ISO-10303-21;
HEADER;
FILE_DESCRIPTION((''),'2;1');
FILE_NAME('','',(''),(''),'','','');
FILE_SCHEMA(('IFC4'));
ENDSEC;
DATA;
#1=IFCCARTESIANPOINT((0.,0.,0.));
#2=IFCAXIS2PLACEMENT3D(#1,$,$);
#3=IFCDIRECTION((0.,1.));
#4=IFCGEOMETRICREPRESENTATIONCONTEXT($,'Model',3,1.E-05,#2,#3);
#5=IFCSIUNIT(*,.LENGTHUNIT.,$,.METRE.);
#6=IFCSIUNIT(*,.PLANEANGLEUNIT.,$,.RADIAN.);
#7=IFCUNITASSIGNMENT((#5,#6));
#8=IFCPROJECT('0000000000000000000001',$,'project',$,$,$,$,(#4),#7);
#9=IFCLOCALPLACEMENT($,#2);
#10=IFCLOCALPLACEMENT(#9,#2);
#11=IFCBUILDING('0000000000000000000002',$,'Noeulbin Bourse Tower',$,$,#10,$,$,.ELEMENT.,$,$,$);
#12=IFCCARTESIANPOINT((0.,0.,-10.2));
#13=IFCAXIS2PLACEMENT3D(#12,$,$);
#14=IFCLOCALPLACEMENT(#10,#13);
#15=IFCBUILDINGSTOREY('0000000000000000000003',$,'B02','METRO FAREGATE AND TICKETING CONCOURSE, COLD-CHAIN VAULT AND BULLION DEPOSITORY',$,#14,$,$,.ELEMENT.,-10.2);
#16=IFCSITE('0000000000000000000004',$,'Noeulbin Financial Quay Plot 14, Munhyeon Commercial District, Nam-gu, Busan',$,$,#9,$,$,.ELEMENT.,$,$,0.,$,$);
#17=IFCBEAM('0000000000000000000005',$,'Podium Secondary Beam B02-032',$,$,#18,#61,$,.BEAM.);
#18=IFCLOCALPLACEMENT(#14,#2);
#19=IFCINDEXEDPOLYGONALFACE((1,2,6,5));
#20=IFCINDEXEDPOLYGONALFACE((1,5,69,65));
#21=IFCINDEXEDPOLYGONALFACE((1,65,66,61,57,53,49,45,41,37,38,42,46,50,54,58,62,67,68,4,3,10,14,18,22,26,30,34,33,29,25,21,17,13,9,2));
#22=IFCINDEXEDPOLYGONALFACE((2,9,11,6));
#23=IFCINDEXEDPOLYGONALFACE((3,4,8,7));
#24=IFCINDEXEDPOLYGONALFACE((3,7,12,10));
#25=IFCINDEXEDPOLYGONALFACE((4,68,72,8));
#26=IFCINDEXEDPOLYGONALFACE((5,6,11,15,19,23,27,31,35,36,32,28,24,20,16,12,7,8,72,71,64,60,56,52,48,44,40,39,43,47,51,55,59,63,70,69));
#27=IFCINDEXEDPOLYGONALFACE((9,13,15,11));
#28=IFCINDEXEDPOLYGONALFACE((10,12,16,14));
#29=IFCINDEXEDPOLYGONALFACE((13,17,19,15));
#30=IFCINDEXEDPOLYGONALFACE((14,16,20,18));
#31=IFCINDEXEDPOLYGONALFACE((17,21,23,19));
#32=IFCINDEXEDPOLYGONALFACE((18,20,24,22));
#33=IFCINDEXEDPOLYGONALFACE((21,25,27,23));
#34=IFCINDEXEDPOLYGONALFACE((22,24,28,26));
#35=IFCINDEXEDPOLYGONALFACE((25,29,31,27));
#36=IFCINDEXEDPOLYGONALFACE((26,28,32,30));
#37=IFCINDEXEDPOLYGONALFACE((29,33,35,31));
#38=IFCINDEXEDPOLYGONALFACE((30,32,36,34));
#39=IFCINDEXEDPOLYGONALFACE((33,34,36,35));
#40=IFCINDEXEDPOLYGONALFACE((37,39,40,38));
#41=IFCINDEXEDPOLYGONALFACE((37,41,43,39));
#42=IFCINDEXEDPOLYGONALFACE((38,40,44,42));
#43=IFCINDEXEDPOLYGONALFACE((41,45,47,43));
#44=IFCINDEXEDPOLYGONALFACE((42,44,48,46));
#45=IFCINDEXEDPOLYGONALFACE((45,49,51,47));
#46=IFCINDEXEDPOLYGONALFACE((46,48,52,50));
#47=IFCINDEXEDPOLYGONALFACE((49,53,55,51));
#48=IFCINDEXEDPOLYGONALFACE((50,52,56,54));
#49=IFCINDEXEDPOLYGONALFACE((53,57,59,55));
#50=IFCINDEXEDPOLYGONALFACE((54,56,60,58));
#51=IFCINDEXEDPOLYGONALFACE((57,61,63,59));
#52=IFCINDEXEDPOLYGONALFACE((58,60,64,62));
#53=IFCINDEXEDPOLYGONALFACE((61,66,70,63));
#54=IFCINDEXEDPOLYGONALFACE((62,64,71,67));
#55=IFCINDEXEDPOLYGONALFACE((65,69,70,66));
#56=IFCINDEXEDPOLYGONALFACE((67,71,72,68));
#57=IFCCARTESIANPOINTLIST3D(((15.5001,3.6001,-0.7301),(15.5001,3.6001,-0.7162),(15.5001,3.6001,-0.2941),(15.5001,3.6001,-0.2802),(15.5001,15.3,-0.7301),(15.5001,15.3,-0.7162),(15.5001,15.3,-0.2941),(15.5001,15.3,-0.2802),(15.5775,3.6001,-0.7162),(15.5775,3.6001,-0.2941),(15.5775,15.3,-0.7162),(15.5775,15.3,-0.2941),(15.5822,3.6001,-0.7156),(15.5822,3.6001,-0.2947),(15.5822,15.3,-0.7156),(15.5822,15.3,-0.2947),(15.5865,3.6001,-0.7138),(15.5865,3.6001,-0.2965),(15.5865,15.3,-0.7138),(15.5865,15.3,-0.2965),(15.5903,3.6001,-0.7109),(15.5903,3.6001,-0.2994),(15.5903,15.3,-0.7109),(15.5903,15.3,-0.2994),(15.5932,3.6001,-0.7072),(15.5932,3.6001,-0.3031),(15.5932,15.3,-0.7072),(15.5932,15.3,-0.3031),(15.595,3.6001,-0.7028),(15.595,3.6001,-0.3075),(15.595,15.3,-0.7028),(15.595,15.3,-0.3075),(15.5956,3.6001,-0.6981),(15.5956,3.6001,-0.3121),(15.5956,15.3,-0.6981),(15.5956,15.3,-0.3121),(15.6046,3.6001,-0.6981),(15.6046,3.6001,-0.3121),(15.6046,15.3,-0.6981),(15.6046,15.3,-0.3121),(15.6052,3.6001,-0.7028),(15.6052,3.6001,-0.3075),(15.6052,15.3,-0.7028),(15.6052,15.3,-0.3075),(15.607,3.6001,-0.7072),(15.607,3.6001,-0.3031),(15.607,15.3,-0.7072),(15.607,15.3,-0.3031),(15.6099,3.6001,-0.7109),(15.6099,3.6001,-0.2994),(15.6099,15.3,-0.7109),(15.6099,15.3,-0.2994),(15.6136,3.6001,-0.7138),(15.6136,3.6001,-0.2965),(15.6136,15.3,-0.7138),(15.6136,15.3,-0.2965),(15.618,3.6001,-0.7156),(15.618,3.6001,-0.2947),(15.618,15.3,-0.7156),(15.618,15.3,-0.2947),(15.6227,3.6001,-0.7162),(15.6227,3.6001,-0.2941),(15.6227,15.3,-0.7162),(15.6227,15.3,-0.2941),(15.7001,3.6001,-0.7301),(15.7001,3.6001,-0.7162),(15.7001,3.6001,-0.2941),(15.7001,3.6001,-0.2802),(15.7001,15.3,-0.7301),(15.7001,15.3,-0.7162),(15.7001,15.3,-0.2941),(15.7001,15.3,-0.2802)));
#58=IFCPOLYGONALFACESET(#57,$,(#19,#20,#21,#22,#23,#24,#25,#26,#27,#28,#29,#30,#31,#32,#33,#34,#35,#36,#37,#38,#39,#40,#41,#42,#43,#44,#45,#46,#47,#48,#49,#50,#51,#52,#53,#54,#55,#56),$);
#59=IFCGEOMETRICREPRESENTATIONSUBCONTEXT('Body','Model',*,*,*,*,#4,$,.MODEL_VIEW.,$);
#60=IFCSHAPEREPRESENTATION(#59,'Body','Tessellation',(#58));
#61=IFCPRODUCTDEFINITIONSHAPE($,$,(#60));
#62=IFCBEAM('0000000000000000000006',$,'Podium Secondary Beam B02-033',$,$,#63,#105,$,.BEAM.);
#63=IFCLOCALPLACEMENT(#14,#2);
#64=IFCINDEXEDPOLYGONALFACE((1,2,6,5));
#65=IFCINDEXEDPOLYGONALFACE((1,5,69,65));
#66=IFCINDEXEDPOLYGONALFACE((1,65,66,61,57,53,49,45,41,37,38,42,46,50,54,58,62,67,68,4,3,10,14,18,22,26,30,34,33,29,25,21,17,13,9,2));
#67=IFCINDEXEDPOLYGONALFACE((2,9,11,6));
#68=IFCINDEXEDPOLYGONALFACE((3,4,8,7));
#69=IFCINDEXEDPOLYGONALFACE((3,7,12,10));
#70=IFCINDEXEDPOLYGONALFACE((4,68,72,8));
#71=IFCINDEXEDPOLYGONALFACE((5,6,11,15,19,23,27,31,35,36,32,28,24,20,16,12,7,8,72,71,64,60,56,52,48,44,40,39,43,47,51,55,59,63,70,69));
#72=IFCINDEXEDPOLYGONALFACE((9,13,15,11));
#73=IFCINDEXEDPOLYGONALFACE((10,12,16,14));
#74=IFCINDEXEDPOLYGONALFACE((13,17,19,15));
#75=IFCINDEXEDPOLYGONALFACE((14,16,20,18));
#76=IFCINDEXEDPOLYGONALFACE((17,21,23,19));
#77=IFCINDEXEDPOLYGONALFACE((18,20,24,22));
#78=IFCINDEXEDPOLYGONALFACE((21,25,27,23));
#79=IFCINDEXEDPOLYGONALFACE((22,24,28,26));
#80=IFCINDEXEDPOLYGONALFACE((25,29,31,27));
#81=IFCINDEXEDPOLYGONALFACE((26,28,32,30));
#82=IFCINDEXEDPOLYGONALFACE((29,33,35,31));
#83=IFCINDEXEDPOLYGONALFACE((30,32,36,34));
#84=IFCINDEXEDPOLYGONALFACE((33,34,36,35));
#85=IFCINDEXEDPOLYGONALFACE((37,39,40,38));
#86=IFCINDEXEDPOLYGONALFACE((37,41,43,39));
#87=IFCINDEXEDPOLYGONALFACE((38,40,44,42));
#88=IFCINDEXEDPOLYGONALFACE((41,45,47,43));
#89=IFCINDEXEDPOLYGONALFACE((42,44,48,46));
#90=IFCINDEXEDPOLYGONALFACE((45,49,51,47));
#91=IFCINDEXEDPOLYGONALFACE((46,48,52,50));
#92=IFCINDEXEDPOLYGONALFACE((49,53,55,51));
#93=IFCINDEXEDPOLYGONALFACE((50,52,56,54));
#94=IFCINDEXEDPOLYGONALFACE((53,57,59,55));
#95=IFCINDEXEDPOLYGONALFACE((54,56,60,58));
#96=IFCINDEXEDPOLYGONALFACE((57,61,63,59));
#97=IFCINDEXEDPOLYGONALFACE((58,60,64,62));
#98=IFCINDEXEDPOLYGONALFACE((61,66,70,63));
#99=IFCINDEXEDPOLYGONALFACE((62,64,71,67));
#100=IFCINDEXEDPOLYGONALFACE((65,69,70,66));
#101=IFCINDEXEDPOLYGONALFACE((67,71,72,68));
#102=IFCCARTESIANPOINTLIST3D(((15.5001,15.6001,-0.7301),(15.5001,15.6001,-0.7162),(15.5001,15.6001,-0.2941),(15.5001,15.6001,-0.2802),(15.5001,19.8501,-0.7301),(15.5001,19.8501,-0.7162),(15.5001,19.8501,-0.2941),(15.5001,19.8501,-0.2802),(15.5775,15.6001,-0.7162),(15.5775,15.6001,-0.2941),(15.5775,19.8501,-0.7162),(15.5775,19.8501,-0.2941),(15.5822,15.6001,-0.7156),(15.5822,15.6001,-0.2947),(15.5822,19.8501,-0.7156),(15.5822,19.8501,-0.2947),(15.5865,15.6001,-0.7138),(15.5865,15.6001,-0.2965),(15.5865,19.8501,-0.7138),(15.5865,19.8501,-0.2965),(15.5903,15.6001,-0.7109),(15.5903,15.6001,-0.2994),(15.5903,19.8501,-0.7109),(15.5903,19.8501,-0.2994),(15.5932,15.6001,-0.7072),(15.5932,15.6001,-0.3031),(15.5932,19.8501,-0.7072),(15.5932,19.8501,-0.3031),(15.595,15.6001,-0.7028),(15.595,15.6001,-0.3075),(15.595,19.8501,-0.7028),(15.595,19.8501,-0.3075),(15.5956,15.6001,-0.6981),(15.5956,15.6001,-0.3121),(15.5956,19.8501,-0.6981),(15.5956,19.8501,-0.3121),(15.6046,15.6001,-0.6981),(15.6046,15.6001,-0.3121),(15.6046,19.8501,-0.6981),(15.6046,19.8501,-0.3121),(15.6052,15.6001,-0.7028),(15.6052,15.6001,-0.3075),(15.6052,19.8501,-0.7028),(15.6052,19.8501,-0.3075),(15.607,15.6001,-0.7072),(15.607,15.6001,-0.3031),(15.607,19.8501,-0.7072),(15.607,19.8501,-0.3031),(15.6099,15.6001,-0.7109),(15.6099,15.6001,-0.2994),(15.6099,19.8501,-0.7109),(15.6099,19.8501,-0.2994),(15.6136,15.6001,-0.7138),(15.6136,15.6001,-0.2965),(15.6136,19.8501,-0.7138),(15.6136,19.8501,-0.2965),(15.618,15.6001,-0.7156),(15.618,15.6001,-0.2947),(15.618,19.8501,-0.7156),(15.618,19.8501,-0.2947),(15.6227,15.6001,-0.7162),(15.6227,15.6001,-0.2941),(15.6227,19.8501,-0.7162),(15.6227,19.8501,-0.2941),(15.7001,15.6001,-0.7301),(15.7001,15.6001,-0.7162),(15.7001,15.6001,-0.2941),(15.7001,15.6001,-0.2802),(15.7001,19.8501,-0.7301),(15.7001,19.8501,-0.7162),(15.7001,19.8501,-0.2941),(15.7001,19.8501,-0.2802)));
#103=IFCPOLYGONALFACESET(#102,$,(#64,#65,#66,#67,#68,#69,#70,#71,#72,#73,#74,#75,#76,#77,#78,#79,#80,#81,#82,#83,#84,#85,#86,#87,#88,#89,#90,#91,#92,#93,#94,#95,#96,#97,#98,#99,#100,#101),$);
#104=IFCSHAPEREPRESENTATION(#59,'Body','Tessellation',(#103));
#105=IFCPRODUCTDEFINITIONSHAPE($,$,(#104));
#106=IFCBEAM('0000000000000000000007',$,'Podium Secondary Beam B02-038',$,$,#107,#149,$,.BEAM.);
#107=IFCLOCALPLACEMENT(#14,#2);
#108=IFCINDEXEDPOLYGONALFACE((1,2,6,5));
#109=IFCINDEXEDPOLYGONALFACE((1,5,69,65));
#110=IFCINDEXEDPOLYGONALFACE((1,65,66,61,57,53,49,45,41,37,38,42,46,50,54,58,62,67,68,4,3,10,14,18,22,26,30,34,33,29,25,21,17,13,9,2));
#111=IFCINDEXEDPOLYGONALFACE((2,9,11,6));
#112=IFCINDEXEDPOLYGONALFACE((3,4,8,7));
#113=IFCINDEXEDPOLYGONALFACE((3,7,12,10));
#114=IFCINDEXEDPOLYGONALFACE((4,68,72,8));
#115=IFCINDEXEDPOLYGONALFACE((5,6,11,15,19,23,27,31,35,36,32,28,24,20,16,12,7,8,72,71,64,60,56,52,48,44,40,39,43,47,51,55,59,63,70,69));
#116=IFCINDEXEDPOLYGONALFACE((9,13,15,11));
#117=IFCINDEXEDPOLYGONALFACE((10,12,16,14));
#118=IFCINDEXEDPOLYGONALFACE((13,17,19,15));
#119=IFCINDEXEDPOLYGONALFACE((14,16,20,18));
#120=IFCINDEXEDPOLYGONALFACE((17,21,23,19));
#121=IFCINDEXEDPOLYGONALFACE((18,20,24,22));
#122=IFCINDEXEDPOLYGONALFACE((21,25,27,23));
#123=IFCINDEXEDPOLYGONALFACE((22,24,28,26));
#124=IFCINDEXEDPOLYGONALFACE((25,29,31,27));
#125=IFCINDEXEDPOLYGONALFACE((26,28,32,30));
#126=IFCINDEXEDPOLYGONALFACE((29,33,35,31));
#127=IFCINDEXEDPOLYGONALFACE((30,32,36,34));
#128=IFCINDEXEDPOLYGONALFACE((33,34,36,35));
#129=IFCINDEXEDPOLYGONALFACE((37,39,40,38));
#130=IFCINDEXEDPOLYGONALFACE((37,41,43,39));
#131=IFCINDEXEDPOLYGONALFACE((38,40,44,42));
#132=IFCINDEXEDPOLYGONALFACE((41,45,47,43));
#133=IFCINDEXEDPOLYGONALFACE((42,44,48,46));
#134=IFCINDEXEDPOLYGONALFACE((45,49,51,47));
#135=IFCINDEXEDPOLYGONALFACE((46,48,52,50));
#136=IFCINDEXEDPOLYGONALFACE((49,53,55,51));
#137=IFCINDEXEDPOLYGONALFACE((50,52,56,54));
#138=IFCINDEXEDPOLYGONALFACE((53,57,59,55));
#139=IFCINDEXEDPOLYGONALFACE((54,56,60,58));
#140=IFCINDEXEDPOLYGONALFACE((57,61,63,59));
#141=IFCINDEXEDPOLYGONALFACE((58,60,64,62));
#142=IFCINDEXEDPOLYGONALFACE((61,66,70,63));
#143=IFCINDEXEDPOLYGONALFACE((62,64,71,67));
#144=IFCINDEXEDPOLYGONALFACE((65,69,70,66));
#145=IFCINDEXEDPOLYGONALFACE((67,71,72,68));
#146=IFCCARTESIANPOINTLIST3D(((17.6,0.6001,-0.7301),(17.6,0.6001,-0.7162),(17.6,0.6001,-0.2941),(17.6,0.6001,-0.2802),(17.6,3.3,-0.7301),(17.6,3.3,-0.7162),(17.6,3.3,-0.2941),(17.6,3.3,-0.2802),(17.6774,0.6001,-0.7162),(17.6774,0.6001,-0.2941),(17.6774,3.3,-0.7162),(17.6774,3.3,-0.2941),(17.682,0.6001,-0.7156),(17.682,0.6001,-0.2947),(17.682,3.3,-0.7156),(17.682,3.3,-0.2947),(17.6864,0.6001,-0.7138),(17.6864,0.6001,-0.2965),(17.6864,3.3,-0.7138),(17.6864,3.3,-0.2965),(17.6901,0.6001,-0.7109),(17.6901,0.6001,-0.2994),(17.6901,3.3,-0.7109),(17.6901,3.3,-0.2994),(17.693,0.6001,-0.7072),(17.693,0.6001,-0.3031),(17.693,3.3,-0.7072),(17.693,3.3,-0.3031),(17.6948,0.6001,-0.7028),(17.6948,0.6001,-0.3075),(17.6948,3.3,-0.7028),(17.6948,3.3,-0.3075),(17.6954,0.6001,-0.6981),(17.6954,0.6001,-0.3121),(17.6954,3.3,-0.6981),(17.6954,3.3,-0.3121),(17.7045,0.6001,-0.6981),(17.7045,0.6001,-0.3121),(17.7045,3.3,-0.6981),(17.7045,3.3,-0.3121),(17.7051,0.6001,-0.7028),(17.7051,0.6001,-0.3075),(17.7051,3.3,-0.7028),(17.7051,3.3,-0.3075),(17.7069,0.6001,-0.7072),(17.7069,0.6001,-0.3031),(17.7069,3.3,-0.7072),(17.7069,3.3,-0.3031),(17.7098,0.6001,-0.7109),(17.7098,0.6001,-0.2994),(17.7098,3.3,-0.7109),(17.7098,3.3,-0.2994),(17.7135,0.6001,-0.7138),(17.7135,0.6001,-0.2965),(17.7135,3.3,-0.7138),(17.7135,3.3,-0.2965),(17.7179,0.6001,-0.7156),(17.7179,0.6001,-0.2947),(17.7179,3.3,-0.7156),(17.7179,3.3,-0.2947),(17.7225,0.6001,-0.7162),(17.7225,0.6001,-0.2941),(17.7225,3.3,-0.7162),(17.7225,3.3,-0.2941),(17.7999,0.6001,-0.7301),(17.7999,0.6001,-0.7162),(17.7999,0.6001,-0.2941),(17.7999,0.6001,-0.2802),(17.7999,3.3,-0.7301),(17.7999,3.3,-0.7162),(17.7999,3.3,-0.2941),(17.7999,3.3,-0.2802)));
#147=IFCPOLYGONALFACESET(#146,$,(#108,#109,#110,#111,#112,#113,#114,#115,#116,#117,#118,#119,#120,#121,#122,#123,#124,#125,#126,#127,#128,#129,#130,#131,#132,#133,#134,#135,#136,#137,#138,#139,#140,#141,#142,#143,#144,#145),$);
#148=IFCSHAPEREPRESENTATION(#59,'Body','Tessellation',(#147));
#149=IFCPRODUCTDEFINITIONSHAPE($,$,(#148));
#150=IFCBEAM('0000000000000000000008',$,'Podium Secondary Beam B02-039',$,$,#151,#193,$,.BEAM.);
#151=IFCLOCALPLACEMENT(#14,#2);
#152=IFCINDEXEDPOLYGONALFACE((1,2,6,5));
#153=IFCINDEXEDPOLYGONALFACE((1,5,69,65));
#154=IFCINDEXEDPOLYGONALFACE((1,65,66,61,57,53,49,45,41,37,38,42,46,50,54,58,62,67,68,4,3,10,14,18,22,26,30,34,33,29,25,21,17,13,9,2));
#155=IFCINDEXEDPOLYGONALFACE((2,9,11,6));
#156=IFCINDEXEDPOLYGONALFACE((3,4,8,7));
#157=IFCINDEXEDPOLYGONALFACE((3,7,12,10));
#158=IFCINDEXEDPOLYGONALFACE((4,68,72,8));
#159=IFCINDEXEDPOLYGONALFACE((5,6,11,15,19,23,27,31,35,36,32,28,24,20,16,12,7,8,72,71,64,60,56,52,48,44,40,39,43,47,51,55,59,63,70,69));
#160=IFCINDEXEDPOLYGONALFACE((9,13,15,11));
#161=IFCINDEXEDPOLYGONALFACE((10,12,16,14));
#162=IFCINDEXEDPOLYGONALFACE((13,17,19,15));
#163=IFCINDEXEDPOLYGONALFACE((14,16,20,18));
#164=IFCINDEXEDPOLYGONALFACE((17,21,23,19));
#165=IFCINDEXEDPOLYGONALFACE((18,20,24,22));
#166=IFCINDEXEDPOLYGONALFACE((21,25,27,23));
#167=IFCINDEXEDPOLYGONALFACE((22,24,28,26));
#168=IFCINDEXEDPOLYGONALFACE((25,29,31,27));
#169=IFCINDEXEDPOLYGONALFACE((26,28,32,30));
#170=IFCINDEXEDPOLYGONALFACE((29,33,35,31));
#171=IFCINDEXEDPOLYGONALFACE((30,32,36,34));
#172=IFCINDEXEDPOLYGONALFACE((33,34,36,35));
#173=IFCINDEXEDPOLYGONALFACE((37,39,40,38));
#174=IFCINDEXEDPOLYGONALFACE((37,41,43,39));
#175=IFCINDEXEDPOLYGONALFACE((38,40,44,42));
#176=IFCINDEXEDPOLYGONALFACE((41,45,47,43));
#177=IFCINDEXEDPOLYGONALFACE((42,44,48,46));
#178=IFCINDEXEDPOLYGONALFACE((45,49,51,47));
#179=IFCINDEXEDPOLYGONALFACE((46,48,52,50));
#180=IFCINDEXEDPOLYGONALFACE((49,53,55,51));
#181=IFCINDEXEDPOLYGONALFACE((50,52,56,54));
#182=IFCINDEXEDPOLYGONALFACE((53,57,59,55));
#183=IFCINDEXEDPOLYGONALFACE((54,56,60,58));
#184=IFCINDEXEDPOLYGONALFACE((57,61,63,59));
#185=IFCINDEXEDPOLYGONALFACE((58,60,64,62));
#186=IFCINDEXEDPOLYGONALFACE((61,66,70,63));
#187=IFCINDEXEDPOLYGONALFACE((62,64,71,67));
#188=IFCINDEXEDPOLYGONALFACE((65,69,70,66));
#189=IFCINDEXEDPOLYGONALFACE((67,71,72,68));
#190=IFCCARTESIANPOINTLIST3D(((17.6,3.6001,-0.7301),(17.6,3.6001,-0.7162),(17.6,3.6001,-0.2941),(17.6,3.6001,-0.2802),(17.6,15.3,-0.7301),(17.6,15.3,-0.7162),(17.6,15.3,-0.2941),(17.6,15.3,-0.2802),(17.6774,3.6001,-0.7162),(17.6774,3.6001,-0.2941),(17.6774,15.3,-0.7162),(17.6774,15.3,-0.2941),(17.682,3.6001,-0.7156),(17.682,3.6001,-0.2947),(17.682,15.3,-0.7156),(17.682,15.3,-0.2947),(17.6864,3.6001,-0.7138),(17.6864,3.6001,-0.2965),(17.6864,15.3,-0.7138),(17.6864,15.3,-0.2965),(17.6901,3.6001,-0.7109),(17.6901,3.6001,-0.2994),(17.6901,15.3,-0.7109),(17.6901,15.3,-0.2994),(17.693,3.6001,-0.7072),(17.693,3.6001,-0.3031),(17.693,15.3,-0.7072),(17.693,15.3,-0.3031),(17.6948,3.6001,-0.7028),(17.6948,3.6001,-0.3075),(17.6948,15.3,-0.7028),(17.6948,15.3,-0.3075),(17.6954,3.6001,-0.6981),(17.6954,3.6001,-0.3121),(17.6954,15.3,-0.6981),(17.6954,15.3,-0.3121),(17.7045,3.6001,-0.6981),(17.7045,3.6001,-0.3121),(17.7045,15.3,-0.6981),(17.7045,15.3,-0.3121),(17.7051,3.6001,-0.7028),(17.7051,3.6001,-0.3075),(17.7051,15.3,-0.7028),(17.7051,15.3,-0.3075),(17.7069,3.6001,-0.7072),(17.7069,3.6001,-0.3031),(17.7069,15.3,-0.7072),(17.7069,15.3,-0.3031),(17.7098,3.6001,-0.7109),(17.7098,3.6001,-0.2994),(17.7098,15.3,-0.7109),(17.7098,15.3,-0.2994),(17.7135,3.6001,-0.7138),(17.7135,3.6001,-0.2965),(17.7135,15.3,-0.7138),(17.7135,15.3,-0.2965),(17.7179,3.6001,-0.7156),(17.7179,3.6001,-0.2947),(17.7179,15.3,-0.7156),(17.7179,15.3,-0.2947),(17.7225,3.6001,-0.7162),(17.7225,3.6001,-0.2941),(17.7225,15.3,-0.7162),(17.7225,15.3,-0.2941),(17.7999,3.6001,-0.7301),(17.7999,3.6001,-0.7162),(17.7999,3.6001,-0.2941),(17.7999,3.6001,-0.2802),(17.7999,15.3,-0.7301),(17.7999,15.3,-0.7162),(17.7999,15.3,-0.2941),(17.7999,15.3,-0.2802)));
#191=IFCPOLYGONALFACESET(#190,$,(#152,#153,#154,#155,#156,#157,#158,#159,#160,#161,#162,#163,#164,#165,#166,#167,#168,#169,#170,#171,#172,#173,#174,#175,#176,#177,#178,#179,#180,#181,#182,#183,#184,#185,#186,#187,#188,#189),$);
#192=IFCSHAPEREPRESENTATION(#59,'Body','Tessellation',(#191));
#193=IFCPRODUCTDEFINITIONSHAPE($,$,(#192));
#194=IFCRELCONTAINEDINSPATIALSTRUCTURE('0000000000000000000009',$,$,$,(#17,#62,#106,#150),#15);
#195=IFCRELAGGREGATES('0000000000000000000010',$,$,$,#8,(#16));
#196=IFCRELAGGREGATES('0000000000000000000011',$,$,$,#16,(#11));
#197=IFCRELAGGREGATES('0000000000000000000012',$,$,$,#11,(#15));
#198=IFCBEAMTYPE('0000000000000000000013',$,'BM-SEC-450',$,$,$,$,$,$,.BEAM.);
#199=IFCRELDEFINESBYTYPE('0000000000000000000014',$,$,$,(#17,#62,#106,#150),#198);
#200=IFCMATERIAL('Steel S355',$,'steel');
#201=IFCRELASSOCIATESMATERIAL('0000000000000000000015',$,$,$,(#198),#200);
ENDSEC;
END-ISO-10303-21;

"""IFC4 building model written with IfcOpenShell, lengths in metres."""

from ifc_helpers import new_model, si_unit, direction, frame, origin, origin_2d, place, context, subcontext, project, spatial, i_section, extrude, material, material_profile, profile_set, type_object, element, save


model = new_model("IFC4")

# Units and contexts
model_context = context("Model", 3, precision=1e-05, world=origin(), true_north=direction((0.0, 1.0)))
body_context = subcontext(model_context, "Body", "Model", "MODEL_VIEW")
ifc_project = project(units=[si_unit("LENGTHUNIT", "METRE"), si_unit("PLANEANGLEUNIT", "RADIAN")], contexts=[model_context])

# Site, building, storey
site_placement = place(None, origin())
site = spatial("IfcSite", under=ifc_project, at=site_placement, Name="Noeulbin Financial Quay Plot 14, Munhyeon Commercial District, Nam-gu, Busan", CompositionType="ELEMENT", RefElevation=0.0)
building_placement = place(site_placement, origin())
building = spatial("IfcBuilding", under=site, at=building_placement, Name="Noeulbin Bourse Tower", CompositionType="ELEMENT")
storey_placement = place(building_placement, frame((0.0, 0.0, -10.2)))
storey = spatial("IfcBuildingStorey", under=building, at=storey_placement, Name="B02", Description="METRO FAREGATE AND TICKETING CONCOURSE, COLD-CHAIN VAULT AND BULLION DEPOSITORY", CompositionType="ELEMENT", Elevation=-10.2)

# Beams
ifc_material_1 = material(Name="Steel S355", Category="steel")
ifc_material_profile_1 = material_profile(ifc_material_1, i_section(OverallWidth=0.2, OverallDepth=0.45, WebThickness=0.009, FlangeThickness=0.0139, FilletRadius=0.0181, at=origin_2d()), Name="H-450x200x9x14", Category="LoadBearing")
ifc_profile_set_1 = profile_set([ifc_material_profile_1], Name="Steel S355")
beam_type_1 = type_object("IfcBeamType", Name="BM-SEC-450", PredefinedType="BEAM", material=ifc_profile_set_1)
beam_1_placement = place(storey_placement, frame((15.6001, 3.6001, -0.5051), z_axis=(0.0, 1.0, 0.0), x_axis=(-1.0, 0.0, 0.0)))
element("IfcBeam", 1, at=beam_1_placement, inside=storey, type_object=beam_type_1, Name="Podium Secondary Beam B02-032", PredefinedType="BEAM", context=body_context, shape_type="SweptSolid", body=[
    extrude(i_section(OverallWidth=0.2, OverallDepth=0.45, WebThickness=0.009, FlangeThickness=0.0139, FilletRadius=0.0181, at=origin_2d()), origin(), (0.0, 0.0, 1.0), 11.7),
])
beam_2_placement = place(storey_placement, frame((15.6001, 15.6001, -0.5051), z_axis=(0.0, 1.0, 0.0), x_axis=(-1.0, 0.0, 0.0)))
element("IfcBeam", 2, at=beam_2_placement, inside=storey, type_object=beam_type_1, Name="Podium Secondary Beam B02-033", PredefinedType="BEAM", context=body_context, shape_type="SweptSolid", body=[
    extrude(i_section(OverallWidth=0.2, OverallDepth=0.45, WebThickness=0.009, FlangeThickness=0.0139, FilletRadius=0.0181, at=origin_2d()), origin(), (0.0, 0.0, 1.0), 4.25),
])
beam_3_placement = place(storey_placement, frame((17.7, 0.6001, -0.5051), z_axis=(0.0, 1.0, 0.0), x_axis=(-1.0, 0.0, 0.0)))
element("IfcBeam", 3, at=beam_3_placement, inside=storey, type_object=beam_type_1, Name="Podium Secondary Beam B02-038", PredefinedType="BEAM", context=body_context, shape_type="SweptSolid", body=[
    extrude(i_section(OverallWidth=0.2, OverallDepth=0.45, WebThickness=0.009, FlangeThickness=0.0139, FilletRadius=0.0181, at=origin_2d()), origin(), (0.0, 0.0, 1.0), 2.7),
])
beam_4_placement = place(storey_placement, frame((17.7, 3.6001, -0.5051), z_axis=(0.0, 1.0, 0.0), x_axis=(-1.0, 0.0, 0.0)))
element("IfcBeam", 4, at=beam_4_placement, inside=storey, type_object=beam_type_1, Name="Podium Secondary Beam B02-039", PredefinedType="BEAM", context=body_context, shape_type="SweptSolid", body=[
    extrude(i_section(OverallWidth=0.2, OverallDepth=0.45, WebThickness=0.009, FlangeThickness=0.0139, FilletRadius=0.0181, at=origin_2d()), origin(), (0.0, 0.0, 1.0), 11.7),
])

save(model, "model.ifc")
